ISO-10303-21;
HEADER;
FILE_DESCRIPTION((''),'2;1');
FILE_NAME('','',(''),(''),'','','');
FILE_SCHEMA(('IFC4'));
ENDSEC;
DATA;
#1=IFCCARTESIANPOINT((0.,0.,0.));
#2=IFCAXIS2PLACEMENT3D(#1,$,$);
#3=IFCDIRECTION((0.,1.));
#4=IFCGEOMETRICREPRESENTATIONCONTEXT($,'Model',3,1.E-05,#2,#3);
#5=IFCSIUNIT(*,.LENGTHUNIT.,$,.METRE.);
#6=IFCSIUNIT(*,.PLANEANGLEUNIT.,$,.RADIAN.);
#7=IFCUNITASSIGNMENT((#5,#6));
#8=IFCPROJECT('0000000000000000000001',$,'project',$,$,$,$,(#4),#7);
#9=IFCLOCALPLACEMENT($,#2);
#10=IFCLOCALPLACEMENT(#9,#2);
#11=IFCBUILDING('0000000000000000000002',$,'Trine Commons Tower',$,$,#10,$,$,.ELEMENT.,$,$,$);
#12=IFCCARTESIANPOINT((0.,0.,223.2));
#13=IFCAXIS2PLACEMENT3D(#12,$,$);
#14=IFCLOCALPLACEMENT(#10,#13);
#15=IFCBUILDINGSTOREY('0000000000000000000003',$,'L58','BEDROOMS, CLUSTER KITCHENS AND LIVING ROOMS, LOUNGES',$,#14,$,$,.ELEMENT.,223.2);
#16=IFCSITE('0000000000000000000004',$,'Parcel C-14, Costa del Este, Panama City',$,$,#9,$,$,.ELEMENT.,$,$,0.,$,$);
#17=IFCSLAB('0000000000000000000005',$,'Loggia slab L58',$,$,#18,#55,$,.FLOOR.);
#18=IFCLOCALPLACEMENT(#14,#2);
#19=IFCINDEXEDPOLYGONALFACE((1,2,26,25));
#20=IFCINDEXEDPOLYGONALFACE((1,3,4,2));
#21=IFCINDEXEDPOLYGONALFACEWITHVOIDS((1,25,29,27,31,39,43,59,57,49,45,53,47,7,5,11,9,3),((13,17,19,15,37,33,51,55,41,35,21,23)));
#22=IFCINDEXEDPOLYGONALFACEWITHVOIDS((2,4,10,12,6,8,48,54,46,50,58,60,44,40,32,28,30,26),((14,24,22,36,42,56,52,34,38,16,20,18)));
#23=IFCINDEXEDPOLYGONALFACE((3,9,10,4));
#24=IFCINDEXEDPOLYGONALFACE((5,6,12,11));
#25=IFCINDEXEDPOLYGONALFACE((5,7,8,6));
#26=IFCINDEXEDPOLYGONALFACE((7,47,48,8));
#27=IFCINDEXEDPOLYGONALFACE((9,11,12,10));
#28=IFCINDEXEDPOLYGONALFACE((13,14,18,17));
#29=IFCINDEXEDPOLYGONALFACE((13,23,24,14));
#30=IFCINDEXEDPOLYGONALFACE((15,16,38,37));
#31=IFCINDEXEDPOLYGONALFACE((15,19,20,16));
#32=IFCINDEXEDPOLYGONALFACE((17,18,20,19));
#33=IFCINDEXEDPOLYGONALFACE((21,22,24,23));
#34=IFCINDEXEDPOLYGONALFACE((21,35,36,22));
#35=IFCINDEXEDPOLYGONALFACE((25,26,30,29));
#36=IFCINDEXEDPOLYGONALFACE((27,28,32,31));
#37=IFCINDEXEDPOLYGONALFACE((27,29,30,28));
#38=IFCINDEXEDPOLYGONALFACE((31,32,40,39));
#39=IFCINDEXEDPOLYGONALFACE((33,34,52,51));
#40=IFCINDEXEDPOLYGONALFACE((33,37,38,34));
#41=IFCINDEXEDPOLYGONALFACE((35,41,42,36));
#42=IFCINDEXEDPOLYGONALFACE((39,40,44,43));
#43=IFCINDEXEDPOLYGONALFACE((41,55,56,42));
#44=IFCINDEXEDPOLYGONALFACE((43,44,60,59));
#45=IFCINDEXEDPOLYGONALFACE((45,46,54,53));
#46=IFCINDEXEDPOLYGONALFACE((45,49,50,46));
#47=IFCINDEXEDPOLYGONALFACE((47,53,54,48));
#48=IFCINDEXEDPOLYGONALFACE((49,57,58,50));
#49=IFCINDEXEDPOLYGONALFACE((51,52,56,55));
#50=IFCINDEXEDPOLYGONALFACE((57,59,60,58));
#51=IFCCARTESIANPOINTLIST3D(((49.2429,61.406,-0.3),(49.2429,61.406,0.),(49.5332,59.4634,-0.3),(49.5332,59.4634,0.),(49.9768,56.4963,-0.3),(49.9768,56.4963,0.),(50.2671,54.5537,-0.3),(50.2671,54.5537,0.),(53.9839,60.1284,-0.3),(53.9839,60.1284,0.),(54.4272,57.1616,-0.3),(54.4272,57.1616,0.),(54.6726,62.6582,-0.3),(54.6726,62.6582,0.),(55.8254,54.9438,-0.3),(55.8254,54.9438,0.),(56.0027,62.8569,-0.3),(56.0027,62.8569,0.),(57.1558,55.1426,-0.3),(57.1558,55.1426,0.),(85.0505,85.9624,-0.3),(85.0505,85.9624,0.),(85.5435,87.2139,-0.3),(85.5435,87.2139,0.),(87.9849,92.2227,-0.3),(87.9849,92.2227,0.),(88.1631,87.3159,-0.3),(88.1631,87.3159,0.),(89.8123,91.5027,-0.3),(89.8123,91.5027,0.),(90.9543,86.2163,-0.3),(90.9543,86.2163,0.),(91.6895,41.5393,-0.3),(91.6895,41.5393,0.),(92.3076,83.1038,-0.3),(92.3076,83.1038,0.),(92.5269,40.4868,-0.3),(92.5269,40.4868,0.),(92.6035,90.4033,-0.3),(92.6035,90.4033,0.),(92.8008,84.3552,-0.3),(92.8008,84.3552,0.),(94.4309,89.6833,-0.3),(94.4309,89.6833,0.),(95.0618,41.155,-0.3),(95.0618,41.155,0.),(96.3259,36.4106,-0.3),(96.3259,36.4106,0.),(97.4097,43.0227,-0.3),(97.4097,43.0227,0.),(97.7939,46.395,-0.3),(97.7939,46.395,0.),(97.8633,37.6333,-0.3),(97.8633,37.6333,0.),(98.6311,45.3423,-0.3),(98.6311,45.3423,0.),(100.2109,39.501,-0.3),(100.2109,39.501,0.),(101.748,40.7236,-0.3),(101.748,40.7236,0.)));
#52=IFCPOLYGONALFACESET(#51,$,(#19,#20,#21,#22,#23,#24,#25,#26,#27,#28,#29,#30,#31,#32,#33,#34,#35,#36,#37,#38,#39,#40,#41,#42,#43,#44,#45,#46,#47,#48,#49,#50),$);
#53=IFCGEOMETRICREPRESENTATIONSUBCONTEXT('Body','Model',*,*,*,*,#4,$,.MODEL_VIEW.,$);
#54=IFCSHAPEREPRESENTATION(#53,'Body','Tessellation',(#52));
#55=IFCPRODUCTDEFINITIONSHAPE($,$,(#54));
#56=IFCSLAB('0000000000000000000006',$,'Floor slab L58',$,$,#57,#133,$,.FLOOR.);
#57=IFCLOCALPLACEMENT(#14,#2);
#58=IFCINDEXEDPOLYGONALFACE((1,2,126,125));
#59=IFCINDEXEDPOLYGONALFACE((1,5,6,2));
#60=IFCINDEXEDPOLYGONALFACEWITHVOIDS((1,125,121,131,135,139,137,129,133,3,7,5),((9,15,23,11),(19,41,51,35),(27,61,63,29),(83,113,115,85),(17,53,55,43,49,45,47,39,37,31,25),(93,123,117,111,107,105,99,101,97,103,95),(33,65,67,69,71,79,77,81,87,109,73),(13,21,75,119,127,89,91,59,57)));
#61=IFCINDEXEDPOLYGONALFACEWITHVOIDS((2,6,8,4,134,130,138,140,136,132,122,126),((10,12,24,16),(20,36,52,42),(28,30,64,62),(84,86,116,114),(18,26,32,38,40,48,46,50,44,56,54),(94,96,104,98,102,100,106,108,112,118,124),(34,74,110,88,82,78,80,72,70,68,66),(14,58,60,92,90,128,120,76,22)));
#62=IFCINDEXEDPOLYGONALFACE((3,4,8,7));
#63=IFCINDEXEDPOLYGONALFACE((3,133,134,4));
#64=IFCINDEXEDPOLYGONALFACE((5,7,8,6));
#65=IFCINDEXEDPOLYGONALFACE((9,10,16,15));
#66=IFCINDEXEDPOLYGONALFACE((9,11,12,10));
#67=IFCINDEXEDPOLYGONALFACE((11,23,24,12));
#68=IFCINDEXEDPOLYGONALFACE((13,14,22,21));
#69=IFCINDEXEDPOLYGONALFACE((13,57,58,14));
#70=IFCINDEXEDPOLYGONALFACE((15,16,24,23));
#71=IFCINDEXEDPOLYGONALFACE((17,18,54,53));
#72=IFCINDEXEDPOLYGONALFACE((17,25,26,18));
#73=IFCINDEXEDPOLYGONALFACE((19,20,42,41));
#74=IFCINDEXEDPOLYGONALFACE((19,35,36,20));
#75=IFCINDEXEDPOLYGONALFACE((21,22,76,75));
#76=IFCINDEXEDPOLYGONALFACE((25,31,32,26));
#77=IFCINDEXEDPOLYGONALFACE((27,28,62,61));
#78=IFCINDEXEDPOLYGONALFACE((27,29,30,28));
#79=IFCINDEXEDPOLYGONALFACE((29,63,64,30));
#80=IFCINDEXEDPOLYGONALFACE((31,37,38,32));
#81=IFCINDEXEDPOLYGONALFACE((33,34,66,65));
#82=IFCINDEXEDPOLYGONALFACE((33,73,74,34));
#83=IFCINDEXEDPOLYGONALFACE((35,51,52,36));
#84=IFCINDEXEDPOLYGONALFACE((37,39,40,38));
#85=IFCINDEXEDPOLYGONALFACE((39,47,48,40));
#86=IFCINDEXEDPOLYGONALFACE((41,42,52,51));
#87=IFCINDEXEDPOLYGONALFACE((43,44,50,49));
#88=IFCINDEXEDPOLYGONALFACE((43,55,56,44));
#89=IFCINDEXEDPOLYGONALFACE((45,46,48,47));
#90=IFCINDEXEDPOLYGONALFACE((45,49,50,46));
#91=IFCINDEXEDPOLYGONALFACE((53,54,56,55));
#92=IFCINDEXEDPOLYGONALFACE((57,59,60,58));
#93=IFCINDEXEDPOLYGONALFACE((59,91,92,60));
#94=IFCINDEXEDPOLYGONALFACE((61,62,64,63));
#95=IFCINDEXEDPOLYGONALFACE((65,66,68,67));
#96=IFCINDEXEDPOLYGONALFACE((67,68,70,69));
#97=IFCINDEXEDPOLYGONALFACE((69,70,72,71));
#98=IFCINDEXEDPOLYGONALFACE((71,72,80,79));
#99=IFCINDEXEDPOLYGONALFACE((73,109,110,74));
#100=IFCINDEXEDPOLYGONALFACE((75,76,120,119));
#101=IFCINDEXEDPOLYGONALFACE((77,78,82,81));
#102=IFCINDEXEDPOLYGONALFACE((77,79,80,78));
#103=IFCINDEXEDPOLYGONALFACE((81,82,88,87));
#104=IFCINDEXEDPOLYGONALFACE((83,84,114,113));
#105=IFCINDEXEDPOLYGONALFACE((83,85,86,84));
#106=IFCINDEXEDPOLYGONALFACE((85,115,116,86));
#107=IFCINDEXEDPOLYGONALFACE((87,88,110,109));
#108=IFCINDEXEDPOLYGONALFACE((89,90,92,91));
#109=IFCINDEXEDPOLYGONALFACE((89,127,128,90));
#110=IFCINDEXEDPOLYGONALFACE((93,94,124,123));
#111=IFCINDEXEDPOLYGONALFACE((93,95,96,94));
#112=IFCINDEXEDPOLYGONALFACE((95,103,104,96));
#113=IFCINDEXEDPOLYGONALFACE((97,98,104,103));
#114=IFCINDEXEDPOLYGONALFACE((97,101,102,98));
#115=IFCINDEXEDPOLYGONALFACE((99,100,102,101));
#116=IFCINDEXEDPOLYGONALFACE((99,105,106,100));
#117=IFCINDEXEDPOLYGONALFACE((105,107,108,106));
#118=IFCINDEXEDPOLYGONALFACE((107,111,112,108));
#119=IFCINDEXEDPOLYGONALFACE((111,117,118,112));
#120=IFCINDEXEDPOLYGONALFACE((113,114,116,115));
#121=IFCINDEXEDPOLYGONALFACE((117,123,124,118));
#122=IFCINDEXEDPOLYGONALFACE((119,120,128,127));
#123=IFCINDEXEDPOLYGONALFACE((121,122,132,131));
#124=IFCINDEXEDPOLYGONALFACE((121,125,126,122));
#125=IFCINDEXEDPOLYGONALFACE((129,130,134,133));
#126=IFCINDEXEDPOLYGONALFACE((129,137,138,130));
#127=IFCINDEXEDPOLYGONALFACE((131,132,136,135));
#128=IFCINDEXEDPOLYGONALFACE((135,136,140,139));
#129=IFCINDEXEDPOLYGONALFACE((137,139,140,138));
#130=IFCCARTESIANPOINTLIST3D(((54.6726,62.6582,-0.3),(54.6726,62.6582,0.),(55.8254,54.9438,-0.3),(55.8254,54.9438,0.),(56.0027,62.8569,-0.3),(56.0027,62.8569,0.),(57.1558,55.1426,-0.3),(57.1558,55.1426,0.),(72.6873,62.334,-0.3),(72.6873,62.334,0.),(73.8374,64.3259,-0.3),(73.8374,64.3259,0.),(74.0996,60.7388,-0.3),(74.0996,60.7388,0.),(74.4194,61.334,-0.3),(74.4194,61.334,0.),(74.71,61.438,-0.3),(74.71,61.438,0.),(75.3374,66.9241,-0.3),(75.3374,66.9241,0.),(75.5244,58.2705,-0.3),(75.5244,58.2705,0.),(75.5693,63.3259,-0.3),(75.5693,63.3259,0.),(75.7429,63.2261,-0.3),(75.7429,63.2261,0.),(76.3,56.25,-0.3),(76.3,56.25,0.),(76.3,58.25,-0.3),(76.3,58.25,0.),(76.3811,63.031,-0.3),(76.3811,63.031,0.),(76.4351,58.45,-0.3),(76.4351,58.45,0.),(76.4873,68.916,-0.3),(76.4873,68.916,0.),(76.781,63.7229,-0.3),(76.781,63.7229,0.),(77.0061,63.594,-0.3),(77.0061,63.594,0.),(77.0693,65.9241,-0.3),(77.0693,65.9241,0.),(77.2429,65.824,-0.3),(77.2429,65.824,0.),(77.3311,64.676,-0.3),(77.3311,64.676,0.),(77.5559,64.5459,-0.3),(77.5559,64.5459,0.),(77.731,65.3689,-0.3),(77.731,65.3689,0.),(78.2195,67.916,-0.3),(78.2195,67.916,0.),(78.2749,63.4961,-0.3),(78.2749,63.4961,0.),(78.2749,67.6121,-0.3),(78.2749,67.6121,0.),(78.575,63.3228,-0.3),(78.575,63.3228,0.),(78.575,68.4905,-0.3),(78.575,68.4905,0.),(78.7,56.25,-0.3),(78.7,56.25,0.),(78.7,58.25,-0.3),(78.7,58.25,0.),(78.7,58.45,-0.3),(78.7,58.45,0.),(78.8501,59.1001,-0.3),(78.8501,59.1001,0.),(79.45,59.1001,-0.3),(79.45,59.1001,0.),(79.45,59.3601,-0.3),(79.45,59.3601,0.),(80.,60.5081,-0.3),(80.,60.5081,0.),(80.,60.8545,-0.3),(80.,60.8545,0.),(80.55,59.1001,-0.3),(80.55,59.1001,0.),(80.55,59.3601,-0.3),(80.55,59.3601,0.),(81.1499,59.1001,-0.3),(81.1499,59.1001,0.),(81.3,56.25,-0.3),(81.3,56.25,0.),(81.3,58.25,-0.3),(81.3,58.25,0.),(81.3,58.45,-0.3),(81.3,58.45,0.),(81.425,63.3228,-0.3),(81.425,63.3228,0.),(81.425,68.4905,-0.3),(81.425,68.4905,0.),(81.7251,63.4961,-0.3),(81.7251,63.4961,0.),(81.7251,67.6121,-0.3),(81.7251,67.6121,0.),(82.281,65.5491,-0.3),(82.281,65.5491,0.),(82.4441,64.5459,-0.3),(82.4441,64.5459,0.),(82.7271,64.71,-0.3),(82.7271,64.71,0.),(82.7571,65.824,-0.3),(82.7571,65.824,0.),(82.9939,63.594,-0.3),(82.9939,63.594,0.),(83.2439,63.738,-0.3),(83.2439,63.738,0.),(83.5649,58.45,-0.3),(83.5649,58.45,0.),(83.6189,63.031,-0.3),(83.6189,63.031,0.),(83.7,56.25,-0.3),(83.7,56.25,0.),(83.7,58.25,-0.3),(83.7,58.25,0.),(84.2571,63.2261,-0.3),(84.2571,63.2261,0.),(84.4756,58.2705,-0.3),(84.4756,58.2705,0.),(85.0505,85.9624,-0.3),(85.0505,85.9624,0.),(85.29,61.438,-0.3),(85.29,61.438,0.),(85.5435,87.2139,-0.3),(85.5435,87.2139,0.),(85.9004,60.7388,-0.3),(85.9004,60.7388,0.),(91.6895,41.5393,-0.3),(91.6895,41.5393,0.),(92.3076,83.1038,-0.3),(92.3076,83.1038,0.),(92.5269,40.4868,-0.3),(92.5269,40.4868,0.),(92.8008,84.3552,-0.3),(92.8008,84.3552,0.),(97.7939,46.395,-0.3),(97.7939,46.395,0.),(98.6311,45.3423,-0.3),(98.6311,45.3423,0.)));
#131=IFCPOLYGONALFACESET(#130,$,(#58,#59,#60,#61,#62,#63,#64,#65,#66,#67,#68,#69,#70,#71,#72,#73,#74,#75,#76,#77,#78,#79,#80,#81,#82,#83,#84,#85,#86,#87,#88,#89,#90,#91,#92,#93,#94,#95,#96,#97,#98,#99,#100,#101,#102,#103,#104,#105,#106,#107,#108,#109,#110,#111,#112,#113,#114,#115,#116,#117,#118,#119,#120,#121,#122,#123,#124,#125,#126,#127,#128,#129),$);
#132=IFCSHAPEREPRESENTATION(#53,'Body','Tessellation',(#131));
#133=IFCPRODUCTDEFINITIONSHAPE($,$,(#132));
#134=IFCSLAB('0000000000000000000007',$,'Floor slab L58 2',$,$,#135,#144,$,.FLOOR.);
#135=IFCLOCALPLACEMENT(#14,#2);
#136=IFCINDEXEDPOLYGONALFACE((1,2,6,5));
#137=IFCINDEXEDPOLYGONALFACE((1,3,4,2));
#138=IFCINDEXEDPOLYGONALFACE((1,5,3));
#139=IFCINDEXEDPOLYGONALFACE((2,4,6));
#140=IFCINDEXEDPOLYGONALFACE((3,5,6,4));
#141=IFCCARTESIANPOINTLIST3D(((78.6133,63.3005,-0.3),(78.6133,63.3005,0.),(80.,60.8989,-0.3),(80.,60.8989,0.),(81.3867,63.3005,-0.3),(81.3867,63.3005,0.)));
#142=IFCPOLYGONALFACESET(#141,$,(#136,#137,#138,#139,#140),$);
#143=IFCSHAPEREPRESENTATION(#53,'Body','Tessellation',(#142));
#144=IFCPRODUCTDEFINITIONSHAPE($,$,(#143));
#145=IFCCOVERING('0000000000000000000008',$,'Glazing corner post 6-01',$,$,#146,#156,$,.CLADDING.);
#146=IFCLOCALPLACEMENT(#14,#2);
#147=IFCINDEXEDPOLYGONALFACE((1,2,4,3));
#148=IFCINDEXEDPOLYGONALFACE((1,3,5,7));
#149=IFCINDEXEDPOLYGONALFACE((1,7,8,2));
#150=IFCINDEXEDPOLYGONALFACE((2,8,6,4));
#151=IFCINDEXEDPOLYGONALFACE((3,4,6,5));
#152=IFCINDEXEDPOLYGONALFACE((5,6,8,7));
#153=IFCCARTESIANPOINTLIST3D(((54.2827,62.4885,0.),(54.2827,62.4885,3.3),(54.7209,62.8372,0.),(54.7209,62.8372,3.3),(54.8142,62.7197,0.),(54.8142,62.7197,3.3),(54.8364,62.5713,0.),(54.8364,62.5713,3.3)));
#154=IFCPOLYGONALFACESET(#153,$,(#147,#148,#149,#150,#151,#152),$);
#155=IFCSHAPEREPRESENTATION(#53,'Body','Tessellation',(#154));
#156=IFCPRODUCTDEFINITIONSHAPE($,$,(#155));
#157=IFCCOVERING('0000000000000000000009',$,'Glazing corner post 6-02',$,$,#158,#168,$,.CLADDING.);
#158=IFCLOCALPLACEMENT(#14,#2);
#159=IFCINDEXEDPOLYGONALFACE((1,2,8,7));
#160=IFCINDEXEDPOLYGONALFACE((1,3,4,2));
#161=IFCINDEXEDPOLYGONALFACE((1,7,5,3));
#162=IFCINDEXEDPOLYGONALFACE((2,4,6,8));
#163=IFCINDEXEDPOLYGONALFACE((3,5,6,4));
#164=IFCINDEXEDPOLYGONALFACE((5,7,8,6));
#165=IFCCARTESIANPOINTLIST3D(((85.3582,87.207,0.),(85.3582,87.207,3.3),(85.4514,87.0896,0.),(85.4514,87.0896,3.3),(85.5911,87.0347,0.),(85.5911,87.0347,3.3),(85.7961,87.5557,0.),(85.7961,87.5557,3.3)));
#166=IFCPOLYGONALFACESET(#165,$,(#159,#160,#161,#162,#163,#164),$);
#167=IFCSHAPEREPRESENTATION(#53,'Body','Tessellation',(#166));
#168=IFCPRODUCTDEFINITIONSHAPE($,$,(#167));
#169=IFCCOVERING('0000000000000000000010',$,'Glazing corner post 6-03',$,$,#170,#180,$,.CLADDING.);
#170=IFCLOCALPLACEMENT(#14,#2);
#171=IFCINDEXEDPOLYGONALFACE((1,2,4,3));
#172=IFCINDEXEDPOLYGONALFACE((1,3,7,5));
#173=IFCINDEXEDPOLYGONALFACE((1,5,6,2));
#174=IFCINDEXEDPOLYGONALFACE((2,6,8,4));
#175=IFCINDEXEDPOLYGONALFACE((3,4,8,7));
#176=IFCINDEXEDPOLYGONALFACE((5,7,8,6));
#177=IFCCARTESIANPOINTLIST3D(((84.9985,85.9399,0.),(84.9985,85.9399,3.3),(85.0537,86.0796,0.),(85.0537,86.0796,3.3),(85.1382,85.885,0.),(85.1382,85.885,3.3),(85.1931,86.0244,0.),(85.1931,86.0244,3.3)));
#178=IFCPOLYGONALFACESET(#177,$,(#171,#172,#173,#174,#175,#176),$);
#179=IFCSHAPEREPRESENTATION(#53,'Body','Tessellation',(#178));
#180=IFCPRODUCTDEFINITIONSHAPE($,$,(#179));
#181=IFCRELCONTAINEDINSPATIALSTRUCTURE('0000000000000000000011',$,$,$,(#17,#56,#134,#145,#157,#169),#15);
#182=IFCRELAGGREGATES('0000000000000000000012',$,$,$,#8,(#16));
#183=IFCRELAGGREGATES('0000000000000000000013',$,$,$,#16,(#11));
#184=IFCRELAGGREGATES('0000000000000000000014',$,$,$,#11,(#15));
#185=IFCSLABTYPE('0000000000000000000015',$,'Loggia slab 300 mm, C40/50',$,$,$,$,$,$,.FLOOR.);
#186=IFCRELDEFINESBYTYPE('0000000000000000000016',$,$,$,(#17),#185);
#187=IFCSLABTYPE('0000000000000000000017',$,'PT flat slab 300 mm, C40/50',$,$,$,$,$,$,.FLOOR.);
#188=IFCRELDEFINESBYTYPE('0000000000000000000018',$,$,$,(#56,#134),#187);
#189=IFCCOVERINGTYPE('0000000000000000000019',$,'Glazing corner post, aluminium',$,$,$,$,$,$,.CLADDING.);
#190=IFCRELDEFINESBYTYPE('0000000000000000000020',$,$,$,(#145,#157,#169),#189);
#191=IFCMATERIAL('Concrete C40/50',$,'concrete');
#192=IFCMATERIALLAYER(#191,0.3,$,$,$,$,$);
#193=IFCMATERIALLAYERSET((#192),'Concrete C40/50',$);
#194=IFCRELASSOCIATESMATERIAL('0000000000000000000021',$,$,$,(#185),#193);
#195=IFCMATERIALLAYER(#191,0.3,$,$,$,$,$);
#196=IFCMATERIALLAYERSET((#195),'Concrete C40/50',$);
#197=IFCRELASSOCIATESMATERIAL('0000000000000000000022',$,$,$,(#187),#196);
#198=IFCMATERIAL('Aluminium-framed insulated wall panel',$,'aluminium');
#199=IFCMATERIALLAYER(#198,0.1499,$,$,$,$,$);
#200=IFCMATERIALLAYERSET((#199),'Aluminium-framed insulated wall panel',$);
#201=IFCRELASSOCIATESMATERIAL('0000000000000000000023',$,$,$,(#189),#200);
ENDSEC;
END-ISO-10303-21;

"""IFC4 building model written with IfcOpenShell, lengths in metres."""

from ifc_helpers import new_model, si_unit, direction, frame, origin, place, context, subcontext, project, spatial, polyline, outline, extrude, material, layer, layer_set, type_object, element, save


model = new_model("IFC4")

# Units and contexts
model_context = context("Model", 3, precision=1e-05, world=origin(), true_north=direction((0.0, 1.0)))
body_context = subcontext(model_context, "Body", "Model", "MODEL_VIEW")
ifc_project = project(units=[si_unit("LENGTHUNIT", "METRE"), si_unit("PLANEANGLEUNIT", "RADIAN")], contexts=[model_context])

# Site, building, storey
site_placement = place(None, origin())
site = spatial("IfcSite", under=ifc_project, at=site_placement, Name="Parcel C-14, Costa del Este, Panama City", CompositionType="ELEMENT", RefElevation=0.0)
building_placement = place(site_placement, origin())
building = spatial("IfcBuilding", under=site, at=building_placement, Name="Trine Commons Tower", CompositionType="ELEMENT")
storey_placement = place(building_placement, frame((0.0, 0.0, 223.2)))
storey = spatial("IfcBuildingStorey", under=building, at=storey_placement, Name="L58", Description="BEDROOMS, CLUSTER KITCHENS AND LIVING ROOMS, LOUNGES", CompositionType="ELEMENT", Elevation=223.2)

# Slabs
ifc_material_1 = material(Name="Concrete C40/50", Category="concrete")
ifc_layer_1 = layer(ifc_material_1, 0.3)
ifc_layer_set_1 = layer_set([ifc_layer_1], Name="Concrete C40/50")
slab_type_1 = type_object("IfcSlabType", Name="Loggia slab 300 mm, C40/50", PredefinedType="FLOOR", material=ifc_layer_set_1)
slab_1_placement = place(storey_placement, frame((0.0, 0.0, -0.3)))
element("IfcSlab", 1, at=slab_1_placement, inside=storey, type_object=slab_type_1, Name="Loggia slab L58", PredefinedType="FLOOR", context=body_context, shape_type="SweptSolid", body=[
    extrude(outline(polyline([(101.748, 40.7236), (94.4309, 89.6833), (92.6035, 90.4033), (90.9543, 86.2163), (88.1631, 87.3159), (89.8123, 91.5027), (87.9849, 92.2227), (49.2429, 61.406), (49.5332, 59.4634), (53.9839, 60.1284), (54.4272, 57.1616), (49.9768, 56.4963), (50.2671, 54.5537), (96.3259, 36.4106), (97.8633, 37.6333), (95.0618, 41.155), (97.4097, 43.0227), (100.2109, 39.501), (101.748, 40.7236)]), holes=[polyline([(56.0027, 62.8569), (57.1558, 55.1426), (55.8254, 54.9438), (92.5269, 40.4868), (91.6895, 41.5393), (97.7939, 46.395), (98.6311, 45.3423), (92.8008, 84.3552), (92.3076, 83.1038), (85.0505, 85.9624), (85.5435, 87.2139), (54.6726, 62.6582), (56.0027, 62.8569)])]), origin(), (0.0, 0.0, 1.0), 0.3),
])
ifc_layer_2 = layer(ifc_material_1, 0.3)
ifc_layer_set_2 = layer_set([ifc_layer_2], Name="Concrete C40/50")
slab_type_2 = type_object("IfcSlabType", Name="PT flat slab 300 mm, C40/50", PredefinedType="FLOOR", material=ifc_layer_set_2)
slab_2_placement = place(storey_placement, frame((0.0, 0.0, -0.3)))
element("IfcSlab", 2, at=slab_2_placement, inside=storey, type_object=slab_type_2, Name="Floor slab L58", PredefinedType="FLOOR", context=body_context, shape_type="SweptSolid", body=[
    extrude(outline(polyline([(54.6726, 62.6582), (56.0027, 62.8569), (57.1558, 55.1426), (55.8254, 54.9438), (92.5269, 40.4868), (91.6895, 41.5393), (97.7939, 46.395), (98.6311, 45.3423), (92.8008, 84.3552), (92.3076, 83.1038), (85.0505, 85.9624), (85.5435, 87.2139), (54.6726, 62.6582)]), holes=[polyline([(78.7, 56.25), (78.7, 58.25), (76.3, 58.25), (76.3, 56.25), (78.7, 56.25)]), polyline([(83.7, 56.25), (83.7, 58.25), (81.3, 58.25), (81.3, 56.25), (83.7, 56.25)]), polyline([(81.3, 58.45), (83.5649, 58.45), (80.0, 60.5081), (76.4351, 58.45), (78.7, 58.45), (78.8501, 59.1001), (79.45, 59.1001), (79.45, 59.3601), (80.55, 59.3601), (80.55, 59.1001), (81.1499, 59.1001), (81.3, 58.45)]), polyline([(81.425, 63.3228), (81.425, 68.4905), (78.575, 68.4905), (78.575, 63.3228), (74.0996, 60.7388), (75.5244, 58.2705), (80.0, 60.8545), (84.4756, 58.2705), (85.9004, 60.7388), (81.425, 63.3228)]), polyline([(72.6873, 62.334), (74.4194, 61.334), (75.5693, 63.3259), (73.8374, 64.3259), (72.6873, 62.334)]), polyline([(76.3811, 63.031), (75.7429, 63.2261), (74.71, 61.438), (78.2749, 63.4961), (78.2749, 67.6121), (77.2429, 65.824), (77.731, 65.3689), (77.3311, 64.676), (77.5559, 64.5459), (77.0061, 63.594), (76.781, 63.7229), (76.3811, 63.031)]), polyline([(82.9939, 63.594), (82.4441, 64.5459), (82.7271, 64.71), (82.281, 65.5491), (82.7571, 65.824), (81.7251, 67.6121), (81.7251, 63.4961), (85.29, 61.438), (84.2571, 63.2261), (83.6189, 63.031), (83.2439, 63.738), (82.9939, 63.594)]), polyline([(76.4873, 68.916), (75.3374, 66.9241), (77.0693, 65.9241), (78.2195, 67.916), (76.4873, 68.916)])]), origin(), (0.0, 0.0, 1.0), 0.3),
])
slab_3_placement = place(storey_placement, frame((0.0, 0.0, -0.3)))
element("IfcSlab", 3, at=slab_3_placement, inside=storey, type_object=slab_type_2, Name="Floor slab L58 2", PredefinedType="FLOOR", context=body_context, shape_type="SweptSolid", body=[
    extrude(outline(polyline([(81.3867, 63.3005), (78.6133, 63.3005), (80.0, 60.8989), (81.3867, 63.3005)])), origin(), (0.0, 0.0, 1.0), 0.3),
])

# Coverings
ifc_material_2 = material(Name="Aluminium-framed insulated wall panel", Category="aluminium")
ifc_layer_3 = layer(ifc_material_2, 0.1499)
ifc_layer_set_3 = layer_set([ifc_layer_3], Name="Aluminium-framed insulated wall panel")
covering_type_1 = type_object("IfcCoveringType", Name="Glazing corner post, aluminium", PredefinedType="CLADDING", material=ifc_layer_set_3)
covering_1_placement = place(storey_placement, origin())
element("IfcCovering", 4, at=covering_1_placement, inside=storey, type_object=covering_type_1, Name="Glazing corner post 6-01", PredefinedType="CLADDING", context=body_context, shape_type="SweptSolid", body=[
    extrude(outline(polyline([(54.8364, 62.5713), (54.8142, 62.7197), (54.7209, 62.8372), (54.2827, 62.4885), (54.8364, 62.5713)])), origin(), (0.0, 0.0, 1.0), 3.3),
])
covering_2_placement = place(storey_placement, origin())
element("IfcCovering", 5, at=covering_2_placement, inside=storey, type_object=covering_type_1, Name="Glazing corner post 6-02", PredefinedType="CLADDING", context=body_context, shape_type="SweptSolid", body=[
    extrude(outline(polyline([(85.4514, 87.0896), (85.4514, 87.0896), (85.5911, 87.0347), (85.7961, 87.5557), (85.3582, 87.207), (85.4514, 87.0896)])), origin(), (0.0, 0.0, 1.0), 3.3),
])
covering_3_placement = place(storey_placement, origin())
element("IfcCovering", 6, at=covering_3_placement, inside=storey, type_object=covering_type_1, Name="Glazing corner post 6-03", PredefinedType="CLADDING", context=body_context, shape_type="SweptSolid", body=[
    extrude(outline(polyline([(85.1382, 85.885), (85.1931, 86.0244), (85.0537, 86.0796), (84.9985, 85.9399), (85.1382, 85.885)])), origin(), (0.0, 0.0, 1.0), 3.3),
])

save(model, "model.ifc")
